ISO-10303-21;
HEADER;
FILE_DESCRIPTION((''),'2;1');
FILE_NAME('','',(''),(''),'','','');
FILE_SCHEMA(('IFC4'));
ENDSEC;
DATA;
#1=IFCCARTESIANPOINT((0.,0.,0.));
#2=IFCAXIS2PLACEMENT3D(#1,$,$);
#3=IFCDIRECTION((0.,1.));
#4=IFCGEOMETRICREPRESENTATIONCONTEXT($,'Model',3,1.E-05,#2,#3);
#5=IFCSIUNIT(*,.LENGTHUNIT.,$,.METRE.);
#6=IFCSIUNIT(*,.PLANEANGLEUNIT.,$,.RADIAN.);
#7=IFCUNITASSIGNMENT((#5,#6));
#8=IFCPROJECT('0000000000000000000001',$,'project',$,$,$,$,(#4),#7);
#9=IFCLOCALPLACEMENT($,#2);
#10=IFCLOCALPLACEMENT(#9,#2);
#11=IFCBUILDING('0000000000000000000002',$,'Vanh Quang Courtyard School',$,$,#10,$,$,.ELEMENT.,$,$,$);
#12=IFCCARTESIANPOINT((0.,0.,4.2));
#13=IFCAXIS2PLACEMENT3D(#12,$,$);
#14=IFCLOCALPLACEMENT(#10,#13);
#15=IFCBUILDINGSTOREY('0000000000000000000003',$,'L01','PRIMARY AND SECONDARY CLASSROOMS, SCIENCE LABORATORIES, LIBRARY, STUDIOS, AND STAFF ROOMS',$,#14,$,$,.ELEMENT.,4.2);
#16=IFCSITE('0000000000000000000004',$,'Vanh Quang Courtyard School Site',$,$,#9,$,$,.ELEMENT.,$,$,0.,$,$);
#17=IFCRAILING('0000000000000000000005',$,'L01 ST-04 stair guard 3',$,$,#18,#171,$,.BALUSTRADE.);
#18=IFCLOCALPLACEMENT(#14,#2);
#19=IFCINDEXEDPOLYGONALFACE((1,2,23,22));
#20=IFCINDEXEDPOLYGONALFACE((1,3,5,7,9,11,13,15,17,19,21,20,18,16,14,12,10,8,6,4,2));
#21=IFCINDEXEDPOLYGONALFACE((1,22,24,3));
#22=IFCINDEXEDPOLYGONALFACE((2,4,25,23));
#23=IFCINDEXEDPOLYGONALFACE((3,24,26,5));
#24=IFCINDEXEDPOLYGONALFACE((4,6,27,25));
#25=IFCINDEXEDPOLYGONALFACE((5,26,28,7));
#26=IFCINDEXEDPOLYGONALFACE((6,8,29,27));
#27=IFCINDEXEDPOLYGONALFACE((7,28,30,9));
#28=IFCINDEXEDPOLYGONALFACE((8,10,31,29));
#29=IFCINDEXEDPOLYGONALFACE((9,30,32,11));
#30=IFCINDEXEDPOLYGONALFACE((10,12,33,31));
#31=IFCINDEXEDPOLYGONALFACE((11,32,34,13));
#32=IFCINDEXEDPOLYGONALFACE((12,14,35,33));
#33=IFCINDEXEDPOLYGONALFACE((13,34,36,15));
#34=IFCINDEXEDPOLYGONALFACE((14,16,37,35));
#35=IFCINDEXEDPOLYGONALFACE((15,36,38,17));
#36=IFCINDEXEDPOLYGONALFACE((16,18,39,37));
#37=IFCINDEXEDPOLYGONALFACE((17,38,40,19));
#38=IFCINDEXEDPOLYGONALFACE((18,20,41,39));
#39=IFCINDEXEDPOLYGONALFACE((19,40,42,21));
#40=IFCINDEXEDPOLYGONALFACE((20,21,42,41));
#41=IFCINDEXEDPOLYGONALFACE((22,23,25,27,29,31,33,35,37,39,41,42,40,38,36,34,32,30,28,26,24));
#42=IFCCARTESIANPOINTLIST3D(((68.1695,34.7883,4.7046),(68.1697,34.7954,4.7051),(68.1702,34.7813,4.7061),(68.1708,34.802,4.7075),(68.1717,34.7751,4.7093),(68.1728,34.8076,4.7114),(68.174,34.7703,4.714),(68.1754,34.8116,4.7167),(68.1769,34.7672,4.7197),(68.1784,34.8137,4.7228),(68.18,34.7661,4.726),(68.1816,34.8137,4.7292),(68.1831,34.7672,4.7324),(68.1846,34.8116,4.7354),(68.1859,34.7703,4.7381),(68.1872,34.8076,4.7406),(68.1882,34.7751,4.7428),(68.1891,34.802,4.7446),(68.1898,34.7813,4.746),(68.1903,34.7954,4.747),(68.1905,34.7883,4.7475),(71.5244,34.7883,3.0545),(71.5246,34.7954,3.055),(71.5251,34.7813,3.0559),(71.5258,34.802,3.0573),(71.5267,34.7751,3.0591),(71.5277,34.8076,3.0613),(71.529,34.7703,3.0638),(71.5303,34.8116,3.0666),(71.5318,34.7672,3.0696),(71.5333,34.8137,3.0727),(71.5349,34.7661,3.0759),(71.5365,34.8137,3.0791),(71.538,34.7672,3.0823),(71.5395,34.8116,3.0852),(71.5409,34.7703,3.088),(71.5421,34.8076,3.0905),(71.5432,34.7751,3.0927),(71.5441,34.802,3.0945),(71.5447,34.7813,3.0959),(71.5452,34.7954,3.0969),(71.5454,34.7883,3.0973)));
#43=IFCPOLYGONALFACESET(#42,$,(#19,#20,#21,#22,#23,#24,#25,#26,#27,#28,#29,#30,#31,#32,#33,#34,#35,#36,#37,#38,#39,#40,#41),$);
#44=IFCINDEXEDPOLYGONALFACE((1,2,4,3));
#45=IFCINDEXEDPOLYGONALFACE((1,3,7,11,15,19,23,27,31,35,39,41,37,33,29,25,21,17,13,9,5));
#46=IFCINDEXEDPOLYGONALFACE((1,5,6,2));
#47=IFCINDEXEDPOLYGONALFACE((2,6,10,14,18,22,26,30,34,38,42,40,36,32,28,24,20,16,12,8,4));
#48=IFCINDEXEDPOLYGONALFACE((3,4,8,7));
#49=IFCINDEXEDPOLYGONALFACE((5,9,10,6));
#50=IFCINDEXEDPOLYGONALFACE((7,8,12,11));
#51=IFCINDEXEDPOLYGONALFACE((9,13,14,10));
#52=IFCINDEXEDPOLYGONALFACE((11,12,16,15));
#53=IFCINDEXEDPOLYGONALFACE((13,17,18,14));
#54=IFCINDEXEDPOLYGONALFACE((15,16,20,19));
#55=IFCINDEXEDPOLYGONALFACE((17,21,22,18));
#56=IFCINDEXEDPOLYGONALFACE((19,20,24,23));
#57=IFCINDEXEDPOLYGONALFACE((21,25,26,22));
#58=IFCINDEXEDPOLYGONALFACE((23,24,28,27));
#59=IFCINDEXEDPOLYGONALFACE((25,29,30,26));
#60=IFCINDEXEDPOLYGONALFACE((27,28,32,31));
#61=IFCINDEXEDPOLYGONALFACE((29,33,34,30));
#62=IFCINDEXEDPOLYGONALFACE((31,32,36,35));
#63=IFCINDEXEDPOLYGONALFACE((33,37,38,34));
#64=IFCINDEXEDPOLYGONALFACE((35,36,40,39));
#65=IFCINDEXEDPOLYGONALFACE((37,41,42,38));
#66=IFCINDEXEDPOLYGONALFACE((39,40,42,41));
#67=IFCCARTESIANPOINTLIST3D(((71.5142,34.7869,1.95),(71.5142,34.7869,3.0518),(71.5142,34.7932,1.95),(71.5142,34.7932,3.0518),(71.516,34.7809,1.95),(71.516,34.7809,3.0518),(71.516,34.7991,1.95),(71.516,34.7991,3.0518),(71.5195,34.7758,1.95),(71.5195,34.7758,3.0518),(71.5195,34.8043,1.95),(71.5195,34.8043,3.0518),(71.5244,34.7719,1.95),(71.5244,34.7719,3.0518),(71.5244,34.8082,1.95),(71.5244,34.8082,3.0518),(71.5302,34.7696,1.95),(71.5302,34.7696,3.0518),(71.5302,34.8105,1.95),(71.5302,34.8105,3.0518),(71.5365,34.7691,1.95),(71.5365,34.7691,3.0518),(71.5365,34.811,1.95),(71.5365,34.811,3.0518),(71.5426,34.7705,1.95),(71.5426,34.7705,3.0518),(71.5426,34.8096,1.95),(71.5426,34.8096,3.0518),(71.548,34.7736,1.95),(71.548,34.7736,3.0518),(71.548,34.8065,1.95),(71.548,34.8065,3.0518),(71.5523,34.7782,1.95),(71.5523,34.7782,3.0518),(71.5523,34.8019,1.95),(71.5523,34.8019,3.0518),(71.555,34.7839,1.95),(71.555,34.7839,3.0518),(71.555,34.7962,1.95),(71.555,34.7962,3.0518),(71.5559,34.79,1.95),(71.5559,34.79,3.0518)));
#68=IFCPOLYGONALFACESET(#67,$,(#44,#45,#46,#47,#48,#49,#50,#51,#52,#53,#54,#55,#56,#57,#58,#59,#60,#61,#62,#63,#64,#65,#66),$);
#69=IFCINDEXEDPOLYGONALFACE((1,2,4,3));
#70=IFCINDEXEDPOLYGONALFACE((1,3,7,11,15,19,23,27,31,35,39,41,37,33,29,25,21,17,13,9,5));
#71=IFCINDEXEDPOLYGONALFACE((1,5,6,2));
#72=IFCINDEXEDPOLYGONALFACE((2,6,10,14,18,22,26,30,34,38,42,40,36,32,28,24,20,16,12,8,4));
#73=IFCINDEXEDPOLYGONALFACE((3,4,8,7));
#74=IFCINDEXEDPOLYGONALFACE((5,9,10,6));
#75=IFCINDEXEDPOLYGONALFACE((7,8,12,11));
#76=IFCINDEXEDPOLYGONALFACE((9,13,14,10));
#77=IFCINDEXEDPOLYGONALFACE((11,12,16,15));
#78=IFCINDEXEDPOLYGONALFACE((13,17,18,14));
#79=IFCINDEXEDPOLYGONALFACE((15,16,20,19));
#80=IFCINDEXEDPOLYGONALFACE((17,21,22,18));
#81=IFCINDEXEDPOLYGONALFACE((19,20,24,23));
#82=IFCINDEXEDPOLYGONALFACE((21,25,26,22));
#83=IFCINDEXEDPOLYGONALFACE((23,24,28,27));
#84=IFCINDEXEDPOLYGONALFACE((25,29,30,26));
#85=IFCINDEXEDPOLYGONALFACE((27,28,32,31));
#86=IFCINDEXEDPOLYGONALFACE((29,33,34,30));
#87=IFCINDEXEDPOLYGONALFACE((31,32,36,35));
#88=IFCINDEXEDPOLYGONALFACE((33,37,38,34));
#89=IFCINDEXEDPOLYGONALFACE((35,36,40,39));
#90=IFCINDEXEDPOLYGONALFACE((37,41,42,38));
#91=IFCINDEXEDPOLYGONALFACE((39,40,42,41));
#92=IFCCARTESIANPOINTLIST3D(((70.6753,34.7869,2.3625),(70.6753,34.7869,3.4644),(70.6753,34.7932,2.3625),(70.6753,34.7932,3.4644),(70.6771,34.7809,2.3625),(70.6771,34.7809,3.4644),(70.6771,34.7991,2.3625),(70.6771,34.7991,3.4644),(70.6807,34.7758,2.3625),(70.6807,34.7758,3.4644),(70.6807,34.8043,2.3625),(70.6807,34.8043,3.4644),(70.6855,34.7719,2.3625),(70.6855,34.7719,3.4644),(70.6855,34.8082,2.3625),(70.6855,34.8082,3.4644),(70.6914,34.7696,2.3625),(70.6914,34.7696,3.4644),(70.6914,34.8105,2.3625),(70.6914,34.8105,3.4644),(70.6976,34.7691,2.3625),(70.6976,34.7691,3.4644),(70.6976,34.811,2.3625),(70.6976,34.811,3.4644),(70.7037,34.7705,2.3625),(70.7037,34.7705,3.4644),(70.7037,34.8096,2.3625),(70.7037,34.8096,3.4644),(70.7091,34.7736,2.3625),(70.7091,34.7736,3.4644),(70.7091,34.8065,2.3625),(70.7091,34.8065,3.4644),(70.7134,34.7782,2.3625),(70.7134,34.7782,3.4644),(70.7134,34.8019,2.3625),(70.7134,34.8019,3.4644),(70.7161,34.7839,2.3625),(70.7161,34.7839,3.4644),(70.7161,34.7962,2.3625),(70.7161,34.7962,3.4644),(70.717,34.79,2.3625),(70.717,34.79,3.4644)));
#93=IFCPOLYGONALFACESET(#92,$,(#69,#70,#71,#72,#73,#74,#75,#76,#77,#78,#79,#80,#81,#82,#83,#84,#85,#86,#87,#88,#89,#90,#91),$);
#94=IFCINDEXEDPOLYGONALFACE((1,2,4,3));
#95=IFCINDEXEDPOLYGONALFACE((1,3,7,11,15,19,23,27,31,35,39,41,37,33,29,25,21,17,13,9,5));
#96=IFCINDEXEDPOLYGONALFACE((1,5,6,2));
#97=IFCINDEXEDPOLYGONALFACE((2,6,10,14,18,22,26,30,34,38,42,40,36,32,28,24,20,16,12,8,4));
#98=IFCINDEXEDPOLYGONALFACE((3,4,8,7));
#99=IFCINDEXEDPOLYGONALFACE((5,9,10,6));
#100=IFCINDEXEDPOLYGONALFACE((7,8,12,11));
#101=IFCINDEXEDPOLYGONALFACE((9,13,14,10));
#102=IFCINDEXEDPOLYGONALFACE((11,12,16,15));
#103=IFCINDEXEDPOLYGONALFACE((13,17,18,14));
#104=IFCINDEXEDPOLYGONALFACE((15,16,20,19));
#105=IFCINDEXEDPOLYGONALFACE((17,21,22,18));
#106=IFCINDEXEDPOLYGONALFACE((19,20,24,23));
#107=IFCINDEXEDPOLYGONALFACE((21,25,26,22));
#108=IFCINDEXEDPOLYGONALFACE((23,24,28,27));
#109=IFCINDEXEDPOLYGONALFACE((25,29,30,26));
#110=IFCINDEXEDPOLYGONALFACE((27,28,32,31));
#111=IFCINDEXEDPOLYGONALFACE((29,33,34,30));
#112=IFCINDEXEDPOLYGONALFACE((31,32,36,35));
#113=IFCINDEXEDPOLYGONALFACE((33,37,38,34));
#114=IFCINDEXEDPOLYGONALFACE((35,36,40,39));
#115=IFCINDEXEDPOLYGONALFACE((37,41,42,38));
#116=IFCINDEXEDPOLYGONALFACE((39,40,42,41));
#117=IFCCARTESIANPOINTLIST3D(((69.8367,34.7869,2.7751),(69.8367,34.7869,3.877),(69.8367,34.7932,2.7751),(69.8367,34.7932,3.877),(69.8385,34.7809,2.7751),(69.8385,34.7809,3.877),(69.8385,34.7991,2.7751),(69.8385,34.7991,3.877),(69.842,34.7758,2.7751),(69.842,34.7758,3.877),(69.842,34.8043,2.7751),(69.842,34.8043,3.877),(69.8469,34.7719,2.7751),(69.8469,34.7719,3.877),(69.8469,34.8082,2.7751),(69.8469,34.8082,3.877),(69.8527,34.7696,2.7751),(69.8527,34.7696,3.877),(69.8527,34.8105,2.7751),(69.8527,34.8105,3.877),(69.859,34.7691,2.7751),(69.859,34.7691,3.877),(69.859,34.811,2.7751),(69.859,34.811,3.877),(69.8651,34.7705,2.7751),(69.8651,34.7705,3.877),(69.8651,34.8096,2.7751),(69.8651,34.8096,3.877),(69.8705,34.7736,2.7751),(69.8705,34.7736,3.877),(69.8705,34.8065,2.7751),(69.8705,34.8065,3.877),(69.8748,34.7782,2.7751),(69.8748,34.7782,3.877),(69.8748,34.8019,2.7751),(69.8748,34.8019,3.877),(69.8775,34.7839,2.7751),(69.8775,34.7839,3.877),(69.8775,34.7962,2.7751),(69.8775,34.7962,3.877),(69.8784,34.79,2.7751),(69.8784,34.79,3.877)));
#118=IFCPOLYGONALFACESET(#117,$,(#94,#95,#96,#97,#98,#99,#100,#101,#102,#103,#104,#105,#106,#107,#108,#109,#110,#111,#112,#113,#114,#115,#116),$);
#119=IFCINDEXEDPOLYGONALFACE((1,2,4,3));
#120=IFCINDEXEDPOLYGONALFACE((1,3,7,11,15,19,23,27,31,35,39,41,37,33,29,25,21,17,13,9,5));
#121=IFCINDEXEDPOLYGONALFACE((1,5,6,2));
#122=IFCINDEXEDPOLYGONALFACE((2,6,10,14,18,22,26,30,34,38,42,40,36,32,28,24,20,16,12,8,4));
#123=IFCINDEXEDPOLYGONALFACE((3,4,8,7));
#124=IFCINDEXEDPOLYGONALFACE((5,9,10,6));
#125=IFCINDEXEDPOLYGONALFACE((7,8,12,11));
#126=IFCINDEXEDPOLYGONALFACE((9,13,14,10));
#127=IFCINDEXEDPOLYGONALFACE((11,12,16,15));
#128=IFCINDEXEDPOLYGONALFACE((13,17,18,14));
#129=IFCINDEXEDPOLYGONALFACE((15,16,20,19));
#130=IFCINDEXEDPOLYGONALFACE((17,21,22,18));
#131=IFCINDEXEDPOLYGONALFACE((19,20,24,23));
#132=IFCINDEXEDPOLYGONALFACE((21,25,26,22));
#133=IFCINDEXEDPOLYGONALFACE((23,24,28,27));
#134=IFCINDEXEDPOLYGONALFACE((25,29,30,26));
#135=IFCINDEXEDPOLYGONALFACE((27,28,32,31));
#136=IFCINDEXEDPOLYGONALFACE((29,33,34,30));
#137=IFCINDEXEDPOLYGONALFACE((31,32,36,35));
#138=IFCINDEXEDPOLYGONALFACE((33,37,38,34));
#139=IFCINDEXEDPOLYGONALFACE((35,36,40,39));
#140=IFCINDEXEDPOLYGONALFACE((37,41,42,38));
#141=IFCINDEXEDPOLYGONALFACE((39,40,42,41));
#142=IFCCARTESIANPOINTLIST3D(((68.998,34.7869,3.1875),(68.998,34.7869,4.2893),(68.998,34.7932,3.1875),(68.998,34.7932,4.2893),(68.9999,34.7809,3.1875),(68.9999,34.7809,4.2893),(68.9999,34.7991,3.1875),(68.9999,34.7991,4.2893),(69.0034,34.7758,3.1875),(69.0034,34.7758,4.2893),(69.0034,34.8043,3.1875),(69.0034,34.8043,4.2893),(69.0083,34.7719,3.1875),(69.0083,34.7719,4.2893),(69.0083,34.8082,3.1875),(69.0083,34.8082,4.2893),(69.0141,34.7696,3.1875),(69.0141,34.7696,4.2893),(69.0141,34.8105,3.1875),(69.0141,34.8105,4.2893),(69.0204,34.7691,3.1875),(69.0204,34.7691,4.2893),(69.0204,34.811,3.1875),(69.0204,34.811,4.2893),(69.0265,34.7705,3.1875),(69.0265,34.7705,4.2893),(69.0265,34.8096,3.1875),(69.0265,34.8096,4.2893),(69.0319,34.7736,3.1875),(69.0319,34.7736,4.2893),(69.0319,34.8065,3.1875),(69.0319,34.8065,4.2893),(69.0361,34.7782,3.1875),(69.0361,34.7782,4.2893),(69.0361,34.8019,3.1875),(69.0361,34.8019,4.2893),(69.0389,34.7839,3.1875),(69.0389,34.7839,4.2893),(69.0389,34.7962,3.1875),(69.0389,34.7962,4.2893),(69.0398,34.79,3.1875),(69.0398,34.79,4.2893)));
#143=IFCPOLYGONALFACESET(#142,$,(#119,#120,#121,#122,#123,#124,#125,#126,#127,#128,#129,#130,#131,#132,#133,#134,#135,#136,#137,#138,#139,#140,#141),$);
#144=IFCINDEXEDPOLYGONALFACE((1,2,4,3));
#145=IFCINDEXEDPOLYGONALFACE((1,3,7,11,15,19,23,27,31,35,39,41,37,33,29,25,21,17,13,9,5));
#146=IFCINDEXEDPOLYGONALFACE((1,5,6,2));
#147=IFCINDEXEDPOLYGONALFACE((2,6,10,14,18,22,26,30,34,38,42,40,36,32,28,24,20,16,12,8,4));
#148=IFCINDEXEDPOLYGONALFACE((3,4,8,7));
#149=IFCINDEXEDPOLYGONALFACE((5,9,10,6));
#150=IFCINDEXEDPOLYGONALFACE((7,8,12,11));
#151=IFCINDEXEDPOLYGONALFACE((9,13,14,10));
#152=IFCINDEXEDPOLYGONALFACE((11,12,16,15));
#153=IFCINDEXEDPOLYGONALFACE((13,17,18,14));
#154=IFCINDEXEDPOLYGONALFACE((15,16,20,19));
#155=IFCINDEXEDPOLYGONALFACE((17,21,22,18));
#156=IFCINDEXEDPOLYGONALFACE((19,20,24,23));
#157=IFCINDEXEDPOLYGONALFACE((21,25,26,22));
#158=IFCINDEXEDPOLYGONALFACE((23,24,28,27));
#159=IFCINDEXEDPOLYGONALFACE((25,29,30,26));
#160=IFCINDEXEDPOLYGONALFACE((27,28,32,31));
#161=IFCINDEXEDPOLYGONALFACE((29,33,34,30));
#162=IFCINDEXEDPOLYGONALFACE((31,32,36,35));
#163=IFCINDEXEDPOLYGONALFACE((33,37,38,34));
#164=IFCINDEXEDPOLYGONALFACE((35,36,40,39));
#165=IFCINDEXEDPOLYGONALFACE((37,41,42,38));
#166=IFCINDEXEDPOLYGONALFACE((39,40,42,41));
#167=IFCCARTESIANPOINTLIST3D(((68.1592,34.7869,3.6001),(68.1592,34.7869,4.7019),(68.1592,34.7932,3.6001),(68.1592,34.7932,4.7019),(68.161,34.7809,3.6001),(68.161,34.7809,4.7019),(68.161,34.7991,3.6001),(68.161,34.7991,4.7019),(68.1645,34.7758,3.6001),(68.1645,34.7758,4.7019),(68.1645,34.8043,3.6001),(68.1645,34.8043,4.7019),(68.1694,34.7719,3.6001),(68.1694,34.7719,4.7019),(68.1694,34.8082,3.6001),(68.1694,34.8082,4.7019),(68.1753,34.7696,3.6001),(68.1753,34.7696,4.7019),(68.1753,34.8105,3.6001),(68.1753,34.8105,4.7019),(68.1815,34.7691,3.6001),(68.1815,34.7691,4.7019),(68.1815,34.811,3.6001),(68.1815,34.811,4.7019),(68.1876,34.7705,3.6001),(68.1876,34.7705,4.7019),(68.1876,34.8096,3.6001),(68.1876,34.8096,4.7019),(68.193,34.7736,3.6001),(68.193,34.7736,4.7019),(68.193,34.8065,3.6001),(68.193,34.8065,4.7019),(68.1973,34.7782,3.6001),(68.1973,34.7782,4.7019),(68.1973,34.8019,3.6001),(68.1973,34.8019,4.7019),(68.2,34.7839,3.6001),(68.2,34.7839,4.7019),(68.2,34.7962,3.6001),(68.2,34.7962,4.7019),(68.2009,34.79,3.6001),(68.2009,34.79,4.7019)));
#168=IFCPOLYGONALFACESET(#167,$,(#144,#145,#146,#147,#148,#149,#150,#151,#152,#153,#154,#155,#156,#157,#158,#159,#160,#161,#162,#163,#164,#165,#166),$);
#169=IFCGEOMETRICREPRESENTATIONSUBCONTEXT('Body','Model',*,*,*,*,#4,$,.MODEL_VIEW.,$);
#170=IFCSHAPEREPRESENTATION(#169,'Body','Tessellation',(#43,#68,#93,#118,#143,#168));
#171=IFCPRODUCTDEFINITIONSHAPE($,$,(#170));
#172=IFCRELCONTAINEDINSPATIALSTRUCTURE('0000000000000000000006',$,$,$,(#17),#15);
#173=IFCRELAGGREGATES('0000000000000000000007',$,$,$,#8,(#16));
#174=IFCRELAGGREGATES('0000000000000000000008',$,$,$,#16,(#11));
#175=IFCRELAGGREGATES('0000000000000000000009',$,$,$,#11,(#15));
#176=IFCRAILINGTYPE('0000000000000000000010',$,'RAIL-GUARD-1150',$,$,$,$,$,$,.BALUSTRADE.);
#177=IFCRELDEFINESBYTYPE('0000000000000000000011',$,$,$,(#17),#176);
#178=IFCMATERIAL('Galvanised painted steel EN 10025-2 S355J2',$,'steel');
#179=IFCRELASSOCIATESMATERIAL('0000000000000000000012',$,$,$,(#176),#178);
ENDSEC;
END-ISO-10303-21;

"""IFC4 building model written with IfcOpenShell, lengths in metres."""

from ifc_helpers import new_model, si_unit, direction, frame, origin, origin_2d, place, context, subcontext, project, spatial, circle, extrude, material, type_object, element, save


model = new_model("IFC4")

# Units and contexts
model_context = context("Model", 3, precision=1e-05, world=origin(), true_north=direction((0.0, 1.0)))
body_context = subcontext(model_context, "Body", "Model", "MODEL_VIEW")
ifc_project = project(units=[si_unit("LENGTHUNIT", "METRE"), si_unit("PLANEANGLEUNIT", "RADIAN")], contexts=[model_context])

# Site, building, storey
site_placement = place(None, origin())
site = spatial("IfcSite", under=ifc_project, at=site_placement, Name="Vanh Quang Courtyard School Site", CompositionType="ELEMENT", RefElevation=0.0)
building_placement = place(site_placement, origin())
building = spatial("IfcBuilding", under=site, at=building_placement, Name="Vanh Quang Courtyard School", CompositionType="ELEMENT")
storey_placement = place(building_placement, frame((0.0, 0.0, 4.2)))
storey = spatial("IfcBuildingStorey", under=building, at=storey_placement, Name="L01", Description="PRIMARY AND SECONDARY CLASSROOMS, SCIENCE LABORATORIES, LIBRARY, STUDIOS, AND STAFF ROOMS", CompositionType="ELEMENT", Elevation=4.2)

# Railing
ifc_material_1 = material(Name="Galvanised painted steel EN 10025-2 S355J2", Category="steel")
railing_type_1 = type_object("IfcRailingType", Name="RAIL-GUARD-1150", PredefinedType="BALUSTRADE", material=ifc_material_1)
railing_1_placement = place(storey_placement, frame((71.5349, 34.79, 1.95)))
element("IfcRailing", 1, at=railing_1_placement, inside=storey, type_object=railing_type_1, Name="L01 ST-04 stair guard 3", PredefinedType="BALUSTRADE", context=body_context, shape_type="SweptSolid", body=[
    extrude(circle(Radius=0.0239, at=origin_2d()), frame((0.0, 0.0, 1.126), z_axis=(-0.897333, 0.0, 0.441353), x_axis=(0.0, -1.0, 0.0)), (0.0, 0.0, 1.0), 3.7388),
    extrude(circle(Radius=0.021, at=origin_2d()), origin(), (0.0, 0.0, 1.0), 1.1018),
    extrude(circle(Radius=0.021, at=origin_2d()), frame((-0.8389, 0.0, 0.4126)), (0.0, 0.0, 1.0), 1.1018),
    extrude(circle(Radius=0.021, at=origin_2d()), frame((-1.6775, 0.0, 0.8252)), (0.0, 0.0, 1.0), 1.1018),
    extrude(circle(Radius=0.021, at=origin_2d()), frame((-2.5161, 0.0, 1.2375)), (0.0, 0.0, 1.0), 1.1018),
    extrude(circle(Radius=0.021, at=origin_2d()), frame((-3.355, 0.0, 1.6501)), (0.0, 0.0, 1.0), 1.1018),
])

save(model, "model.ifc")
